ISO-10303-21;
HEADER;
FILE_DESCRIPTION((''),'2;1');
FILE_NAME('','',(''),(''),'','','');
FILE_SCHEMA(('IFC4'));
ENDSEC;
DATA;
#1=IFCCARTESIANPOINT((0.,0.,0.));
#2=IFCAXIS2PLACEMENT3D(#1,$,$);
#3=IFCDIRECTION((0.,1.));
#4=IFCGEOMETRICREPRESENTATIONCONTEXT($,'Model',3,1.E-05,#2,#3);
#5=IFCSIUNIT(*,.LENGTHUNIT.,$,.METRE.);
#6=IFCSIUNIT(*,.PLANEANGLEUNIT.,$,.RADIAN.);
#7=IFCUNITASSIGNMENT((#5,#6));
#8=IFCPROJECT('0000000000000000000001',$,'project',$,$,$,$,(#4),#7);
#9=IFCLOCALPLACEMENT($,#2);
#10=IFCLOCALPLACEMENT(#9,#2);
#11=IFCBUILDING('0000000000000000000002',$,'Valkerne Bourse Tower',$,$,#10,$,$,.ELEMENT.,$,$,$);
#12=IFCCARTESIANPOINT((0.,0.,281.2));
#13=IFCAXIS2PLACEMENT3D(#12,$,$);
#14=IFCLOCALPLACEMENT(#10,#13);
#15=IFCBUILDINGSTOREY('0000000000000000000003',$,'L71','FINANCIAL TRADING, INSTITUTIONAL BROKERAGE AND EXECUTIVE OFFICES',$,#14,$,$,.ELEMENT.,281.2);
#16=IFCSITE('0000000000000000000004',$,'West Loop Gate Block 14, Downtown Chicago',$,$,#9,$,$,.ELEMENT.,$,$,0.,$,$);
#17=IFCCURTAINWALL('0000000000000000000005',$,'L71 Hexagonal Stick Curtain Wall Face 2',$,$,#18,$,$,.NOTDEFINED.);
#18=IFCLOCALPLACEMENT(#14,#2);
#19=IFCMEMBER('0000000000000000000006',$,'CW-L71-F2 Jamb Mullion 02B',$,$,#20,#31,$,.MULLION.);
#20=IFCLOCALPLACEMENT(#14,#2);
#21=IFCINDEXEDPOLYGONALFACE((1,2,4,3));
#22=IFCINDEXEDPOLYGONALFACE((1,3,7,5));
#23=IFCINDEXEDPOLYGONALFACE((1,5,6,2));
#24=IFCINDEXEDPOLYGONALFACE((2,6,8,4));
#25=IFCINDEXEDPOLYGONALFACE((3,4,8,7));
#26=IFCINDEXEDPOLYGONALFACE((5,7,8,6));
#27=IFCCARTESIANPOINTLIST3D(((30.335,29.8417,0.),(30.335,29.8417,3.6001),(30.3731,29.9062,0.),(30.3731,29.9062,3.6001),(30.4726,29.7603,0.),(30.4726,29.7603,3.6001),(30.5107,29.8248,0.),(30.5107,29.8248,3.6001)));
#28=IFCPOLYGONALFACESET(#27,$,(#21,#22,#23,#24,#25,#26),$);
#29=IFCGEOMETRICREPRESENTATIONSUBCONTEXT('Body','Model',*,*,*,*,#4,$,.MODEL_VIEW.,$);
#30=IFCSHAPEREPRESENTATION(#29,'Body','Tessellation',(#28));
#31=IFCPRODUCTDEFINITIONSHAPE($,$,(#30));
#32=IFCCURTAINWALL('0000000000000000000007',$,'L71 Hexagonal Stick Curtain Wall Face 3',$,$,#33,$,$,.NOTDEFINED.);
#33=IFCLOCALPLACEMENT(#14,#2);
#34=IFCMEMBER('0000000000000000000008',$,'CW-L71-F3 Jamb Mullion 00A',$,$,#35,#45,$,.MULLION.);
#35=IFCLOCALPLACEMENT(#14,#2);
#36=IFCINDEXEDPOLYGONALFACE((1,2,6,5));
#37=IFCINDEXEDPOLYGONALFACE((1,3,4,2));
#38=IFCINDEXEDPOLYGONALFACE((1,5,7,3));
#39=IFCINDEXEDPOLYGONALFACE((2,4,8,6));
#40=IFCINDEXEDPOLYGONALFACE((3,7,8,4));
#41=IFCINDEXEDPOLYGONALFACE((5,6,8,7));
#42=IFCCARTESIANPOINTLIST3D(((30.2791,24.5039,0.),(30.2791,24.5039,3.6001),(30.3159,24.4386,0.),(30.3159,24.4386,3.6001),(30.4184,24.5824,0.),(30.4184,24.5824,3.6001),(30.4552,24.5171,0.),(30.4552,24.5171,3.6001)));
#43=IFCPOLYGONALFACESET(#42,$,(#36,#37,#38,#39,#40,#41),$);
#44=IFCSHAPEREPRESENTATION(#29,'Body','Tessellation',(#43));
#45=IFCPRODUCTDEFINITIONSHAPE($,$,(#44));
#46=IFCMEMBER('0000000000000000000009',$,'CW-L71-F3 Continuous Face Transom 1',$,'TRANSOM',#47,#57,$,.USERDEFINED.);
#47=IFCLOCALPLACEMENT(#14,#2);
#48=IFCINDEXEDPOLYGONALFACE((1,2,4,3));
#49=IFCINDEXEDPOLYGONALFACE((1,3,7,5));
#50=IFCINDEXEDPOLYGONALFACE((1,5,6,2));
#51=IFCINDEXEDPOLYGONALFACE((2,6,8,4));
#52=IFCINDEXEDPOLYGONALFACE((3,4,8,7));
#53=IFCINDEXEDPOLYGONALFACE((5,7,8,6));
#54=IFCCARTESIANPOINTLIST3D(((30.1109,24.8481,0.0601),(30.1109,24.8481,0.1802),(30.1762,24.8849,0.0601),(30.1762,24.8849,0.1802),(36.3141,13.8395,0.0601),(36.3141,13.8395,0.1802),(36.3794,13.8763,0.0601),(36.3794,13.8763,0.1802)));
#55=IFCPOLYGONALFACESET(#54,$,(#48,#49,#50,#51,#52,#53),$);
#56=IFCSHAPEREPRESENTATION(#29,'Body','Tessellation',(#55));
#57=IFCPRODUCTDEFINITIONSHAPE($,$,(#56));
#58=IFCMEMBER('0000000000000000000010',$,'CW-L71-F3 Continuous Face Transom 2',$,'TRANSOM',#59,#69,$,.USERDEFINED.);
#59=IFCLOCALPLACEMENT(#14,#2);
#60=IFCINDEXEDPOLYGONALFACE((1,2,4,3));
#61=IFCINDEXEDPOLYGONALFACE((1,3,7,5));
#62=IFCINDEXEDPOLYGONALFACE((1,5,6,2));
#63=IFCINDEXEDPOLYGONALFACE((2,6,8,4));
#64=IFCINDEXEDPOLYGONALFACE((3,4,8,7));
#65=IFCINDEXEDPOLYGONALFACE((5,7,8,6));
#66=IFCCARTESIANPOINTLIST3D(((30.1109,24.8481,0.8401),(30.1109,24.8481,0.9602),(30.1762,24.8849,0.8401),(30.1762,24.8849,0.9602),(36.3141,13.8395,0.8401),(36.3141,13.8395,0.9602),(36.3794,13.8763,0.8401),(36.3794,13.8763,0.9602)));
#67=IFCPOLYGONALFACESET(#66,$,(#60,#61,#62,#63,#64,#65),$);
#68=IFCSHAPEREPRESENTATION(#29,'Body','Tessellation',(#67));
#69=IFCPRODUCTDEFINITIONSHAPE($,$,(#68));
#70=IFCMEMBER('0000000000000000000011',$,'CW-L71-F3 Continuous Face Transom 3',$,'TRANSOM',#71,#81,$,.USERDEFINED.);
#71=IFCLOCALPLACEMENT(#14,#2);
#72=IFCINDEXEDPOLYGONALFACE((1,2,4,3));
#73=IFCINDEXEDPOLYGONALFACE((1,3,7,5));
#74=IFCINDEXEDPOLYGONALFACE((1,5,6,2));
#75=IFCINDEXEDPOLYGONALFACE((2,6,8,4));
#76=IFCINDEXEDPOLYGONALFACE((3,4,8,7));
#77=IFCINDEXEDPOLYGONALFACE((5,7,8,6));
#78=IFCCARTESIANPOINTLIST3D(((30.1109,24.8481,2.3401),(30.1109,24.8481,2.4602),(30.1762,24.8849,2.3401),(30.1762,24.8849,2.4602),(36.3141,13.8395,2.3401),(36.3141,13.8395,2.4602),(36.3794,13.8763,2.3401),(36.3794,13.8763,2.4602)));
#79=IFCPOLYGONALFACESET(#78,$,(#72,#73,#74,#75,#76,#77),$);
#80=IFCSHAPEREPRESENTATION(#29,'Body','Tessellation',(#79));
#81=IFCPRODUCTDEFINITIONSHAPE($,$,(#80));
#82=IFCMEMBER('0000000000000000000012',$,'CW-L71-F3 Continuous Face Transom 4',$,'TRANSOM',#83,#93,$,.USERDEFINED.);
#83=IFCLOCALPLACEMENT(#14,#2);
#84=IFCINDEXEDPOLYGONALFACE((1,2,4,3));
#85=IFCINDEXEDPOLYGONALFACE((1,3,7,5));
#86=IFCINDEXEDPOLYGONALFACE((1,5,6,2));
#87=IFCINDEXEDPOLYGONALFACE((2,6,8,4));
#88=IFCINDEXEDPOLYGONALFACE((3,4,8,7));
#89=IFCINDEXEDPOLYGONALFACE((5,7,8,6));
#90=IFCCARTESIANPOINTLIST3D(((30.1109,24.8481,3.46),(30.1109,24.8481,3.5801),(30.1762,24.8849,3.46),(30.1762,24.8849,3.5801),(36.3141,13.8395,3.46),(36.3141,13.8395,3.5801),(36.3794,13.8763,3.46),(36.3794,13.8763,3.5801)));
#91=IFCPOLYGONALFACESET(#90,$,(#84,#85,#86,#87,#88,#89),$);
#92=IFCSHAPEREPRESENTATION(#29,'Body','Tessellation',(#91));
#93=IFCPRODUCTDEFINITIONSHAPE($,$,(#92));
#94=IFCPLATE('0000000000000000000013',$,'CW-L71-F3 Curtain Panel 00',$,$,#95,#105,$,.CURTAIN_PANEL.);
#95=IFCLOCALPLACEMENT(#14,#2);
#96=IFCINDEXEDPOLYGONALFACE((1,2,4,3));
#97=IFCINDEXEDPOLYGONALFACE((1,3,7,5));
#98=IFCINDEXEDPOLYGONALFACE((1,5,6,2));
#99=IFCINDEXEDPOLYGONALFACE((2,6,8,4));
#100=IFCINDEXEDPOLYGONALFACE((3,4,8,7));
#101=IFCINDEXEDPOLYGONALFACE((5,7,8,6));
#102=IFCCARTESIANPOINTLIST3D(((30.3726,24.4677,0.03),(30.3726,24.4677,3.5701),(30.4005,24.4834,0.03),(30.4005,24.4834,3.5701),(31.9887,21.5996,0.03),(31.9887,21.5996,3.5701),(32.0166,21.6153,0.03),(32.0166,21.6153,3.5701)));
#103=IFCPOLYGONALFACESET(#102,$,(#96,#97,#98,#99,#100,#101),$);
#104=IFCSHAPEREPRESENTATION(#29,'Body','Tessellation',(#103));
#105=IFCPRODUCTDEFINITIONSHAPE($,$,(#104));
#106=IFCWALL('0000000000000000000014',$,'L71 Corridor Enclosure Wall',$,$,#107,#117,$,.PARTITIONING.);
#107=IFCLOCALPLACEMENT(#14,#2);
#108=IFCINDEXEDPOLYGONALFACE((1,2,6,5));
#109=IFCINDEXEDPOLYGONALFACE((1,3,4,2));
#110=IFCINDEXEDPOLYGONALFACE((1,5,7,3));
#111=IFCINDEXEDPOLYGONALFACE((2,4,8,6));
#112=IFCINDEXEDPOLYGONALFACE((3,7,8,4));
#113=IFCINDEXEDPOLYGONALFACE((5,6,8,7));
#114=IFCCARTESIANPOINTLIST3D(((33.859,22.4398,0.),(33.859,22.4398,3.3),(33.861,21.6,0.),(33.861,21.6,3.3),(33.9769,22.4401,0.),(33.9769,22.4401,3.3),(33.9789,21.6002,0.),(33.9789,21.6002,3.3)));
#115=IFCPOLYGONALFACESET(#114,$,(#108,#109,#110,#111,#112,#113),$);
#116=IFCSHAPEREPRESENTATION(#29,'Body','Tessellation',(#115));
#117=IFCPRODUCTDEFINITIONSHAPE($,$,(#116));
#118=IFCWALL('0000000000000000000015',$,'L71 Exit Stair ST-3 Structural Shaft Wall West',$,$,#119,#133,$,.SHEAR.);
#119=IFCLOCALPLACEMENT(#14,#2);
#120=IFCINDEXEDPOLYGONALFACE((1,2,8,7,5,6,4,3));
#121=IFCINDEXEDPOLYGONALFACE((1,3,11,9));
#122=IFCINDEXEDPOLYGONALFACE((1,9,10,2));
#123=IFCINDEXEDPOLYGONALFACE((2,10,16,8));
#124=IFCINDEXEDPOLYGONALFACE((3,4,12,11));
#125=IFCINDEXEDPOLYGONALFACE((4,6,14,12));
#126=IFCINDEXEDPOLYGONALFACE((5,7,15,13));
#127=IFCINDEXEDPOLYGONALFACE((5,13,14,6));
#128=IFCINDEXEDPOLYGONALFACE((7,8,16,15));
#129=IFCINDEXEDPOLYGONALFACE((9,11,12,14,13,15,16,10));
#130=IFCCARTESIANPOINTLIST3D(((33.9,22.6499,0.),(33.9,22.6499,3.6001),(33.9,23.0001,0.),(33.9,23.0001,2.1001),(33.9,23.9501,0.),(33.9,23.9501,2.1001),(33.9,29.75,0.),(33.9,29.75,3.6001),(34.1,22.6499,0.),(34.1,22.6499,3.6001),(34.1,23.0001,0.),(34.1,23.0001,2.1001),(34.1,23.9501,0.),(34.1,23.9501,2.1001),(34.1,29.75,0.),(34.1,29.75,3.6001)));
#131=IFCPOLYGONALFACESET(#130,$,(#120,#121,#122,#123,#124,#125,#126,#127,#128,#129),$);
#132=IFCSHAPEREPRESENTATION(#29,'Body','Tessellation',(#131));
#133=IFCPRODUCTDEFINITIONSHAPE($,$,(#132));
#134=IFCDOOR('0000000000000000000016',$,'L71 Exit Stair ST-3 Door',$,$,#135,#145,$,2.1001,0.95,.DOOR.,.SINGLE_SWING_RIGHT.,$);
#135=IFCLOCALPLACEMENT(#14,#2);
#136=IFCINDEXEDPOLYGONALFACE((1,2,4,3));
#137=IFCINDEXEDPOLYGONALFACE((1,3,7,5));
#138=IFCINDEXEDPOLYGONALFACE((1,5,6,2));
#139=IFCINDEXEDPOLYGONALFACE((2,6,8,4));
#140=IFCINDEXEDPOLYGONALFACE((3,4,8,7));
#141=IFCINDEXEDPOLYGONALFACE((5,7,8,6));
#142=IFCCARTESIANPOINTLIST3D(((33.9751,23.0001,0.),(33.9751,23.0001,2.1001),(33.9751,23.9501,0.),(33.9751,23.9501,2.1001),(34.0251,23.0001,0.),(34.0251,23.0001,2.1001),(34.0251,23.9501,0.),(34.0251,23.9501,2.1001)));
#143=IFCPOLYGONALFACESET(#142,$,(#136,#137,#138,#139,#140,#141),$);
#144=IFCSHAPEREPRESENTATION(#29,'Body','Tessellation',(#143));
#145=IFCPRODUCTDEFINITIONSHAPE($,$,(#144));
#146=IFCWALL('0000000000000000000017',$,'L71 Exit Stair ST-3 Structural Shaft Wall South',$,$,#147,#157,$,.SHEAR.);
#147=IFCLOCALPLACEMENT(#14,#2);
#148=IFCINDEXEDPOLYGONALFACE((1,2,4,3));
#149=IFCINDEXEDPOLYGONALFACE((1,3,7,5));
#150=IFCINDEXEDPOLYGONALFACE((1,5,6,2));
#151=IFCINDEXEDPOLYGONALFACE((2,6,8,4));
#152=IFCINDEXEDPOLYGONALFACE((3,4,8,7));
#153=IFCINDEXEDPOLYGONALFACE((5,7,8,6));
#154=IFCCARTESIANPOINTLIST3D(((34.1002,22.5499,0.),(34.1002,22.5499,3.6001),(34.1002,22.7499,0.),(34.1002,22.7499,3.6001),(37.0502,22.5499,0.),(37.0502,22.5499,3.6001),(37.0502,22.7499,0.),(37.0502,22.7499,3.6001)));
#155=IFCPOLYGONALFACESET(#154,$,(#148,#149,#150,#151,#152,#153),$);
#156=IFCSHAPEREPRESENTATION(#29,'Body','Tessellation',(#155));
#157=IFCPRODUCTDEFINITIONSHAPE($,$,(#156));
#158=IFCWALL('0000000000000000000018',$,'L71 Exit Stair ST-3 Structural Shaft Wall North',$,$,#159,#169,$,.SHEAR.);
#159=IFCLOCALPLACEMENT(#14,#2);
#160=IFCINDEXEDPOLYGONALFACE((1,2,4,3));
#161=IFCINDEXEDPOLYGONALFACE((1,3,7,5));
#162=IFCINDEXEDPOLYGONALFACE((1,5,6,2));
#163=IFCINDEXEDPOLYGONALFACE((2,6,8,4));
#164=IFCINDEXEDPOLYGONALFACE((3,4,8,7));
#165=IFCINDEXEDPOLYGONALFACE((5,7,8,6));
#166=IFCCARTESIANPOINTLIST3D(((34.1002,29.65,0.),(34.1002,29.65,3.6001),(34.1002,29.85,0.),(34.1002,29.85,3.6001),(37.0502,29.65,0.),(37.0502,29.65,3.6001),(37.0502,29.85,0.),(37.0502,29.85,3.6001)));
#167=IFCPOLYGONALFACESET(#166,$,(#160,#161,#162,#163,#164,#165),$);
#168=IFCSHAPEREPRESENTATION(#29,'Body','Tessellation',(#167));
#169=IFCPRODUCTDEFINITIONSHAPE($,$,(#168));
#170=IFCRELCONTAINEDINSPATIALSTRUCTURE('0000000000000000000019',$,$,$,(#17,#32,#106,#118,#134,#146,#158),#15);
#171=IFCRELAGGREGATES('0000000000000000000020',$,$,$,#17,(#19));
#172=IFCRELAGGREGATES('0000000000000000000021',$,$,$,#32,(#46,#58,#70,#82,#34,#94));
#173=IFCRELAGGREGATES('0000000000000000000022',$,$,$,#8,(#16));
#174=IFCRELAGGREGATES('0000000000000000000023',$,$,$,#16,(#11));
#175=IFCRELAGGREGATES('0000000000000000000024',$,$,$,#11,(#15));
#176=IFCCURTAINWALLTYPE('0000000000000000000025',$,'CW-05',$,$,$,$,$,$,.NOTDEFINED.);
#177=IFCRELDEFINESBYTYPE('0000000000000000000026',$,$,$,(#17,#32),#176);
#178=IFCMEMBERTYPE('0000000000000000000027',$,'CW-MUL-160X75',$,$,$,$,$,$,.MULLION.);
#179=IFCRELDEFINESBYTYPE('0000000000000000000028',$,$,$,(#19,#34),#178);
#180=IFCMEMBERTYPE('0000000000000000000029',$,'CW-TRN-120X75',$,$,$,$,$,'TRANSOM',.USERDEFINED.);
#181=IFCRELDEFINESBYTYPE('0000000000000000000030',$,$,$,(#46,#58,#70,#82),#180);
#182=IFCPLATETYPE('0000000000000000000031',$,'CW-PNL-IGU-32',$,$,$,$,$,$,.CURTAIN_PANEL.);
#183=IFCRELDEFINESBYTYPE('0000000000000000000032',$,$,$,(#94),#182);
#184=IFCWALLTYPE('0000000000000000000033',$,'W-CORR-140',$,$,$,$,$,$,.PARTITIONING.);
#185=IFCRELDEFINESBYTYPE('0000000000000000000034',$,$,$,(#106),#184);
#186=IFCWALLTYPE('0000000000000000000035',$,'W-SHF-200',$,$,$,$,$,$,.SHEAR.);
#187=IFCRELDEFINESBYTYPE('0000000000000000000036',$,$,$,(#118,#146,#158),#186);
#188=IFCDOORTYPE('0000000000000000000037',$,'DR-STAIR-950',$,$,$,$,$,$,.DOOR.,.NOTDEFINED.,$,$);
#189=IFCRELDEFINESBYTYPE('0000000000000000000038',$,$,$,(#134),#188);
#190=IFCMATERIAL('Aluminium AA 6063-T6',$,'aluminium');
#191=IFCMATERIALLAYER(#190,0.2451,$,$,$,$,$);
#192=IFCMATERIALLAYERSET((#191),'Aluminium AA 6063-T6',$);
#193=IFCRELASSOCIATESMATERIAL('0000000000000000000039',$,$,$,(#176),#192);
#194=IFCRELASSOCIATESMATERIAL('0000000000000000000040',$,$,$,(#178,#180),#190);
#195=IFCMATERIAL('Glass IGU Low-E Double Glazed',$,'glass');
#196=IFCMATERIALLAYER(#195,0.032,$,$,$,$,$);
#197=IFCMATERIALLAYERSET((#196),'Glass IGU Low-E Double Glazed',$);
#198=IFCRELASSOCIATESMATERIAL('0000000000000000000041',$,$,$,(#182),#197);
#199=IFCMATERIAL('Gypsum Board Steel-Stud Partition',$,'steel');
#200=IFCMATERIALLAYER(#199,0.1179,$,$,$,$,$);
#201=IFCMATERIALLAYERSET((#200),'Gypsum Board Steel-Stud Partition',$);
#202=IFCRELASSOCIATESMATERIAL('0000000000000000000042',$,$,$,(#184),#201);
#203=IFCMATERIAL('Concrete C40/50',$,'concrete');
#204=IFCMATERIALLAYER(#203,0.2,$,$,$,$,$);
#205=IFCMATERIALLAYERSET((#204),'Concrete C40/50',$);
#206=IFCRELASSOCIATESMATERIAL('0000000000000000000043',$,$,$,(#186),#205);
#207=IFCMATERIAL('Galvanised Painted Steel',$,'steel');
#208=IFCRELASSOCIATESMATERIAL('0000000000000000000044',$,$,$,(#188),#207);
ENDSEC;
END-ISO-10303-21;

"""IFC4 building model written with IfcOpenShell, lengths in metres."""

from ifc_helpers import new_model, si_unit, direction, frame, frame_2d, origin, origin_2d, place, context, subcontext, project, spatial, rectangle, extrude, material, layer, layer_set, material_profile, profile_set, type_object, element, fill, aggregate, save


model = new_model("IFC4")

# Units and contexts
model_context = context("Model", 3, precision=1e-05, world=origin(), true_north=direction((0.0, 1.0)))
body_context = subcontext(model_context, "Body", "Model", "MODEL_VIEW")
ifc_project = project(units=[si_unit("LENGTHUNIT", "METRE"), si_unit("PLANEANGLEUNIT", "RADIAN")], contexts=[model_context])

# Site, building, storey
site_placement = place(None, origin())
site = spatial("IfcSite", under=ifc_project, at=site_placement, Name="West Loop Gate Block 14, Downtown Chicago", CompositionType="ELEMENT", RefElevation=0.0)
building_placement = place(site_placement, origin())
building = spatial("IfcBuilding", under=site, at=building_placement, Name="Valkerne Bourse Tower", CompositionType="ELEMENT")
storey_placement = place(building_placement, frame((0.0, 0.0, 281.2)))
storey = spatial("IfcBuildingStorey", under=building, at=storey_placement, Name="L71", Description="FINANCIAL TRADING, INSTITUTIONAL BROKERAGE AND EXECUTIVE OFFICES", CompositionType="ELEMENT", Elevation=281.2)

# Curtain wall, member
ifc_material_1 = material(Name="Aluminium AA 6063-T6", Category="aluminium")
ifc_layer_1 = layer(ifc_material_1, 0.2451)
ifc_layer_set_1 = layer_set([ifc_layer_1], Name="Aluminium AA 6063-T6")
curtain_wall_type = type_object("IfcCurtainWallType", Name="CW-05", PredefinedType="NOTDEFINED", material=ifc_layer_set_1)
curtain_wall_1_placement = place(storey_placement, origin())
curtain_wall_1 = element("IfcCurtainWall", 1, at=curtain_wall_1_placement, inside=storey, type_object=curtain_wall_type, Name="L71 Hexagonal Stick Curtain Wall Face 2", PredefinedType="NOTDEFINED")
ifc_material_profile_1 = material_profile(ifc_material_1, rectangle(XDim=0.075, YDim=0.1599, at=origin_2d()), Name="CWM-75X160")
ifc_profile_set_1 = profile_set([ifc_material_profile_1], Name="Aluminium AA 6063-T6")
member_type_1 = type_object("IfcMemberType", Name="CW-MUL-160X75", PredefinedType="MULLION", material=ifc_profile_set_1)
member_1_placement = place(storey_placement, frame((30.4229, 29.8333, 0.0), z_axis=(0.0, 0.0, 1.0), x_axis=(-0.509039, -0.860744, 0.0)))
member_1 = element("IfcMember", 2, at=member_1_placement, type_object=member_type_1, Name="CW-L71-F2 Jamb Mullion 02B", PredefinedType="MULLION", context=body_context, shape_type="SweptSolid", body=[
    extrude(rectangle(XDim=0.075, YDim=0.1599, at=origin_2d()), origin(), (0.0, 0.0, 1.0), 3.6001),
])
aggregate(curtain_wall_1, [member_1])

# Curtain wall, members, plate
curtain_wall_2_placement = place(storey_placement, origin())
curtain_wall_2 = element("IfcCurtainWall", 3, at=curtain_wall_2_placement, inside=storey, type_object=curtain_wall_type, Name="L71 Hexagonal Stick Curtain Wall Face 3", PredefinedType="NOTDEFINED")
member_2_placement = place(storey_placement, frame((30.3672, 24.5105, 0.0), z_axis=(0.0, 0.0, 1.0), x_axis=(0.490912, -0.871209, 0.0)))
member_2 = element("IfcMember", 4, at=member_2_placement, type_object=member_type_1, Name="CW-L71-F3 Jamb Mullion 00A", PredefinedType="MULLION", context=body_context, shape_type="SweptSolid", body=[
    extrude(rectangle(XDim=0.075, YDim=0.1599, at=origin_2d()), origin(), (0.0, 0.0, 1.0), 3.6001),
])
ifc_material_profile_2 = material_profile(ifc_material_1, rectangle(XDim=0.075, YDim=0.1201, at=origin_2d()), Name="CWT-75X120")
ifc_profile_set_2 = profile_set([ifc_material_profile_2], Name="Aluminium AA 6063-T6")
member_type_2 = type_object("IfcMemberType", Name="CW-TRN-120X75", ElementType="TRANSOM", PredefinedType="USERDEFINED", material=ifc_profile_set_2)
member_3_placement = place(storey_placement, frame((30.1436, 24.8665, 0.1201), z_axis=(0.490911, -0.871209, 0.0), x_axis=(0.871209, 0.490911, 0.0)))
member_3 = element("IfcMember", 5, at=member_3_placement, type_object=member_type_2, Name="CW-L71-F3 Continuous Face Transom 1", ObjectType="TRANSOM", PredefinedType="USERDEFINED", context=body_context, shape_type="SweptSolid", body=[
    extrude(rectangle(XDim=0.075, YDim=0.1201, at=origin_2d()), origin(), (0.0, 0.0, 1.0), 12.636),
])
member_4_placement = place(storey_placement, frame((30.1436, 24.8665, 0.9001), z_axis=(0.490911, -0.871209, 0.0), x_axis=(0.871209, 0.490911, 0.0)))
member_4 = element("IfcMember", 6, at=member_4_placement, type_object=member_type_2, Name="CW-L71-F3 Continuous Face Transom 2", ObjectType="TRANSOM", PredefinedType="USERDEFINED", context=body_context, shape_type="SweptSolid", body=[
    extrude(rectangle(XDim=0.075, YDim=0.1201, at=origin_2d()), origin(), (0.0, 0.0, 1.0), 12.636),
])
member_5_placement = place(storey_placement, frame((30.1436, 24.8665, 2.4001), z_axis=(0.490911, -0.871209, 0.0), x_axis=(0.871209, 0.490911, 0.0)))
member_5 = element("IfcMember", 7, at=member_5_placement, type_object=member_type_2, Name="CW-L71-F3 Continuous Face Transom 3", ObjectType="TRANSOM", PredefinedType="USERDEFINED", context=body_context, shape_type="SweptSolid", body=[
    extrude(rectangle(XDim=0.075, YDim=0.1201, at=origin_2d()), origin(), (0.0, 0.0, 1.0), 12.636),
])
member_6_placement = place(storey_placement, frame((30.1436, 24.8665, 3.52), z_axis=(0.490911, -0.871209, 0.0), x_axis=(0.871209, 0.490911, 0.0)))
member_6 = element("IfcMember", 8, at=member_6_placement, type_object=member_type_2, Name="CW-L71-F3 Continuous Face Transom 4", ObjectType="TRANSOM", PredefinedType="USERDEFINED", context=body_context, shape_type="SweptSolid", body=[
    extrude(rectangle(XDim=0.075, YDim=0.1201, at=origin_2d()), origin(), (0.0, 0.0, 1.0), 12.636),
])
ifc_material_2 = material(Name="Glass IGU Low-E Double Glazed", Category="glass")
ifc_layer_2 = layer(ifc_material_2, 0.032)
ifc_layer_set_2 = layer_set([ifc_layer_2], Name="Glass IGU Low-E Double Glazed")
plate_type = type_object("IfcPlateType", Name="CW-PNL-IGU-32", PredefinedType="CURTAIN_PANEL", material=ifc_layer_set_2)
plate_placement = place(storey_placement, frame((31.1946, 23.0415, 0.03), z_axis=(0.0, 0.0, 1.0), x_axis=(0.490912, -0.871209, 0.0)))
plate = element("IfcPlate", 9, at=plate_placement, type_object=plate_type, Name="CW-L71-F3 Curtain Panel 00", PredefinedType="CURTAIN_PANEL", context=body_context, shape_type="SweptSolid", body=[
    extrude(rectangle(XDim=3.292, YDim=0.032, at=origin_2d()), origin(), (0.0, 0.0, 1.0), 3.54),
])
aggregate(curtain_wall_2, [member_3, member_4, member_5, member_6, member_2, plate])

# Wall
ifc_material_3 = material(Name="Gypsum Board Steel-Stud Partition", Category="steel")
ifc_layer_3 = layer(ifc_material_3, 0.1179)
ifc_layer_set_3 = layer_set([ifc_layer_3], Name="Gypsum Board Steel-Stud Partition")
wall_type_1 = type_object("IfcWallType", Name="W-CORR-140", PredefinedType="PARTITIONING", material=ifc_layer_set_3)
wall_1_placement = place(storey_placement, frame((33.918, 22.4399, 0.0), z_axis=(0.0, 0.0, 1.0), x_axis=(0.002326, -0.999997, 0.0)))
element("IfcWall", 10, at=wall_1_placement, inside=storey, type_object=wall_type_1, Name="L71 Corridor Enclosure Wall", PredefinedType="PARTITIONING", context=body_context, shape_type="SweptSolid", body=[
    extrude(rectangle(XDim=0.8398, YDim=0.1179, at=frame_2d((0.4199, 0.0))), origin(), (0.0, 0.0, 1.0), 3.3),
])

# Wall, opening, door
ifc_material_4 = material(Name="Concrete C40/50", Category="concrete")
ifc_layer_4 = layer(ifc_material_4, 0.2)
ifc_layer_set_4 = layer_set([ifc_layer_4], Name="Concrete C40/50")
wall_type_2 = type_object("IfcWallType", Name="W-SHF-200", PredefinedType="SHEAR", material=ifc_layer_set_4)
wall_2_placement = place(storey_placement, frame((34.0, 22.6499, 0.0), z_axis=(0.0, 0.0, 1.0), x_axis=(0.0, 1.0, 0.0)))
wall_2 = element("IfcWall", 11, at=wall_2_placement, inside=storey, type_object=wall_type_2, Name="L71 Exit Stair ST-3 Structural Shaft Wall West", PredefinedType="SHEAR", context=body_context, shape_type="SweptSolid", body=[
    extrude(rectangle(XDim=7.1001, YDim=0.2, at=frame_2d((3.55, 0.0))), origin(), (0.0, 0.0, 1.0), 3.6001),
])
opening_placement = place(wall_2_placement, frame((0.3501, 0.0, 0.0)))
opening = element("IfcOpeningElement", 12, at=opening_placement, cuts=wall_2, PredefinedType="OPENING", context=body_context, shape_type="SweptSolid", body=[
    extrude(rectangle(XDim=0.95, YDim=2.1001, at=frame_2d((0.4751, 1.05))), frame((0.0, 0.1099, 0.0), z_axis=(0.0, -1.0, 0.0), x_axis=(1.0, 0.0, 0.0)), (0.0, 0.0, 1.0), 0.22),
])
ifc_material_5 = material(Name="Galvanised Painted Steel", Category="steel")
door_type = type_object("IfcDoorType", Name="DR-STAIR-950", OperationType="NOTDEFINED", PredefinedType="DOOR", material=ifc_material_5)
door_placement = place(opening_placement, origin())
door = element("IfcDoor", 13, at=door_placement, inside=storey, type_object=door_type, Name="L71 Exit Stair ST-3 Door", OperationType="SINGLE_SWING_RIGHT", OverallHeight=2.1001, OverallWidth=0.95, PredefinedType="DOOR", context=body_context, shape_type="SweptSolid", body=[
    extrude(rectangle(XDim=0.95, YDim=2.1001, at=frame_2d((0.4751, 1.05))), frame((0.0, 0.0249, 0.0), z_axis=(0.0, -1.0, 0.0), x_axis=(1.0, 0.0, 0.0)), (0.0, 0.0, 1.0), 0.05),
])
fill(opening, door)

# Walls
for number, where, z_axis, x_axis, name in (
    (14, (34.1001, 22.6499, 0.0), (0.0, 0.0, 1.0), (1.0, 0.0, 0.0), "L71 Exit Stair ST-3 Structural Shaft Wall South"),
    (15, (34.1001, 29.75, 0.0), (0.0, 0.0, 1.0), (1.0, 0.0, 0.0), "L71 Exit Stair ST-3 Structural Shaft Wall North"),
):
    element("IfcWall", number, at=place(storey_placement, frame(where, z_axis=z_axis, x_axis=x_axis)), inside=storey, type_object=wall_type_2, Name=name, PredefinedType="SHEAR", context=body_context, shape_type="SweptSolid", body=[
        extrude(rectangle(XDim=2.95, YDim=0.2, at=frame_2d((1.4751, 0.0))), origin(), (0.0, 0.0, 1.0), 3.6001),
    ])

save(model, "model.ifc")
